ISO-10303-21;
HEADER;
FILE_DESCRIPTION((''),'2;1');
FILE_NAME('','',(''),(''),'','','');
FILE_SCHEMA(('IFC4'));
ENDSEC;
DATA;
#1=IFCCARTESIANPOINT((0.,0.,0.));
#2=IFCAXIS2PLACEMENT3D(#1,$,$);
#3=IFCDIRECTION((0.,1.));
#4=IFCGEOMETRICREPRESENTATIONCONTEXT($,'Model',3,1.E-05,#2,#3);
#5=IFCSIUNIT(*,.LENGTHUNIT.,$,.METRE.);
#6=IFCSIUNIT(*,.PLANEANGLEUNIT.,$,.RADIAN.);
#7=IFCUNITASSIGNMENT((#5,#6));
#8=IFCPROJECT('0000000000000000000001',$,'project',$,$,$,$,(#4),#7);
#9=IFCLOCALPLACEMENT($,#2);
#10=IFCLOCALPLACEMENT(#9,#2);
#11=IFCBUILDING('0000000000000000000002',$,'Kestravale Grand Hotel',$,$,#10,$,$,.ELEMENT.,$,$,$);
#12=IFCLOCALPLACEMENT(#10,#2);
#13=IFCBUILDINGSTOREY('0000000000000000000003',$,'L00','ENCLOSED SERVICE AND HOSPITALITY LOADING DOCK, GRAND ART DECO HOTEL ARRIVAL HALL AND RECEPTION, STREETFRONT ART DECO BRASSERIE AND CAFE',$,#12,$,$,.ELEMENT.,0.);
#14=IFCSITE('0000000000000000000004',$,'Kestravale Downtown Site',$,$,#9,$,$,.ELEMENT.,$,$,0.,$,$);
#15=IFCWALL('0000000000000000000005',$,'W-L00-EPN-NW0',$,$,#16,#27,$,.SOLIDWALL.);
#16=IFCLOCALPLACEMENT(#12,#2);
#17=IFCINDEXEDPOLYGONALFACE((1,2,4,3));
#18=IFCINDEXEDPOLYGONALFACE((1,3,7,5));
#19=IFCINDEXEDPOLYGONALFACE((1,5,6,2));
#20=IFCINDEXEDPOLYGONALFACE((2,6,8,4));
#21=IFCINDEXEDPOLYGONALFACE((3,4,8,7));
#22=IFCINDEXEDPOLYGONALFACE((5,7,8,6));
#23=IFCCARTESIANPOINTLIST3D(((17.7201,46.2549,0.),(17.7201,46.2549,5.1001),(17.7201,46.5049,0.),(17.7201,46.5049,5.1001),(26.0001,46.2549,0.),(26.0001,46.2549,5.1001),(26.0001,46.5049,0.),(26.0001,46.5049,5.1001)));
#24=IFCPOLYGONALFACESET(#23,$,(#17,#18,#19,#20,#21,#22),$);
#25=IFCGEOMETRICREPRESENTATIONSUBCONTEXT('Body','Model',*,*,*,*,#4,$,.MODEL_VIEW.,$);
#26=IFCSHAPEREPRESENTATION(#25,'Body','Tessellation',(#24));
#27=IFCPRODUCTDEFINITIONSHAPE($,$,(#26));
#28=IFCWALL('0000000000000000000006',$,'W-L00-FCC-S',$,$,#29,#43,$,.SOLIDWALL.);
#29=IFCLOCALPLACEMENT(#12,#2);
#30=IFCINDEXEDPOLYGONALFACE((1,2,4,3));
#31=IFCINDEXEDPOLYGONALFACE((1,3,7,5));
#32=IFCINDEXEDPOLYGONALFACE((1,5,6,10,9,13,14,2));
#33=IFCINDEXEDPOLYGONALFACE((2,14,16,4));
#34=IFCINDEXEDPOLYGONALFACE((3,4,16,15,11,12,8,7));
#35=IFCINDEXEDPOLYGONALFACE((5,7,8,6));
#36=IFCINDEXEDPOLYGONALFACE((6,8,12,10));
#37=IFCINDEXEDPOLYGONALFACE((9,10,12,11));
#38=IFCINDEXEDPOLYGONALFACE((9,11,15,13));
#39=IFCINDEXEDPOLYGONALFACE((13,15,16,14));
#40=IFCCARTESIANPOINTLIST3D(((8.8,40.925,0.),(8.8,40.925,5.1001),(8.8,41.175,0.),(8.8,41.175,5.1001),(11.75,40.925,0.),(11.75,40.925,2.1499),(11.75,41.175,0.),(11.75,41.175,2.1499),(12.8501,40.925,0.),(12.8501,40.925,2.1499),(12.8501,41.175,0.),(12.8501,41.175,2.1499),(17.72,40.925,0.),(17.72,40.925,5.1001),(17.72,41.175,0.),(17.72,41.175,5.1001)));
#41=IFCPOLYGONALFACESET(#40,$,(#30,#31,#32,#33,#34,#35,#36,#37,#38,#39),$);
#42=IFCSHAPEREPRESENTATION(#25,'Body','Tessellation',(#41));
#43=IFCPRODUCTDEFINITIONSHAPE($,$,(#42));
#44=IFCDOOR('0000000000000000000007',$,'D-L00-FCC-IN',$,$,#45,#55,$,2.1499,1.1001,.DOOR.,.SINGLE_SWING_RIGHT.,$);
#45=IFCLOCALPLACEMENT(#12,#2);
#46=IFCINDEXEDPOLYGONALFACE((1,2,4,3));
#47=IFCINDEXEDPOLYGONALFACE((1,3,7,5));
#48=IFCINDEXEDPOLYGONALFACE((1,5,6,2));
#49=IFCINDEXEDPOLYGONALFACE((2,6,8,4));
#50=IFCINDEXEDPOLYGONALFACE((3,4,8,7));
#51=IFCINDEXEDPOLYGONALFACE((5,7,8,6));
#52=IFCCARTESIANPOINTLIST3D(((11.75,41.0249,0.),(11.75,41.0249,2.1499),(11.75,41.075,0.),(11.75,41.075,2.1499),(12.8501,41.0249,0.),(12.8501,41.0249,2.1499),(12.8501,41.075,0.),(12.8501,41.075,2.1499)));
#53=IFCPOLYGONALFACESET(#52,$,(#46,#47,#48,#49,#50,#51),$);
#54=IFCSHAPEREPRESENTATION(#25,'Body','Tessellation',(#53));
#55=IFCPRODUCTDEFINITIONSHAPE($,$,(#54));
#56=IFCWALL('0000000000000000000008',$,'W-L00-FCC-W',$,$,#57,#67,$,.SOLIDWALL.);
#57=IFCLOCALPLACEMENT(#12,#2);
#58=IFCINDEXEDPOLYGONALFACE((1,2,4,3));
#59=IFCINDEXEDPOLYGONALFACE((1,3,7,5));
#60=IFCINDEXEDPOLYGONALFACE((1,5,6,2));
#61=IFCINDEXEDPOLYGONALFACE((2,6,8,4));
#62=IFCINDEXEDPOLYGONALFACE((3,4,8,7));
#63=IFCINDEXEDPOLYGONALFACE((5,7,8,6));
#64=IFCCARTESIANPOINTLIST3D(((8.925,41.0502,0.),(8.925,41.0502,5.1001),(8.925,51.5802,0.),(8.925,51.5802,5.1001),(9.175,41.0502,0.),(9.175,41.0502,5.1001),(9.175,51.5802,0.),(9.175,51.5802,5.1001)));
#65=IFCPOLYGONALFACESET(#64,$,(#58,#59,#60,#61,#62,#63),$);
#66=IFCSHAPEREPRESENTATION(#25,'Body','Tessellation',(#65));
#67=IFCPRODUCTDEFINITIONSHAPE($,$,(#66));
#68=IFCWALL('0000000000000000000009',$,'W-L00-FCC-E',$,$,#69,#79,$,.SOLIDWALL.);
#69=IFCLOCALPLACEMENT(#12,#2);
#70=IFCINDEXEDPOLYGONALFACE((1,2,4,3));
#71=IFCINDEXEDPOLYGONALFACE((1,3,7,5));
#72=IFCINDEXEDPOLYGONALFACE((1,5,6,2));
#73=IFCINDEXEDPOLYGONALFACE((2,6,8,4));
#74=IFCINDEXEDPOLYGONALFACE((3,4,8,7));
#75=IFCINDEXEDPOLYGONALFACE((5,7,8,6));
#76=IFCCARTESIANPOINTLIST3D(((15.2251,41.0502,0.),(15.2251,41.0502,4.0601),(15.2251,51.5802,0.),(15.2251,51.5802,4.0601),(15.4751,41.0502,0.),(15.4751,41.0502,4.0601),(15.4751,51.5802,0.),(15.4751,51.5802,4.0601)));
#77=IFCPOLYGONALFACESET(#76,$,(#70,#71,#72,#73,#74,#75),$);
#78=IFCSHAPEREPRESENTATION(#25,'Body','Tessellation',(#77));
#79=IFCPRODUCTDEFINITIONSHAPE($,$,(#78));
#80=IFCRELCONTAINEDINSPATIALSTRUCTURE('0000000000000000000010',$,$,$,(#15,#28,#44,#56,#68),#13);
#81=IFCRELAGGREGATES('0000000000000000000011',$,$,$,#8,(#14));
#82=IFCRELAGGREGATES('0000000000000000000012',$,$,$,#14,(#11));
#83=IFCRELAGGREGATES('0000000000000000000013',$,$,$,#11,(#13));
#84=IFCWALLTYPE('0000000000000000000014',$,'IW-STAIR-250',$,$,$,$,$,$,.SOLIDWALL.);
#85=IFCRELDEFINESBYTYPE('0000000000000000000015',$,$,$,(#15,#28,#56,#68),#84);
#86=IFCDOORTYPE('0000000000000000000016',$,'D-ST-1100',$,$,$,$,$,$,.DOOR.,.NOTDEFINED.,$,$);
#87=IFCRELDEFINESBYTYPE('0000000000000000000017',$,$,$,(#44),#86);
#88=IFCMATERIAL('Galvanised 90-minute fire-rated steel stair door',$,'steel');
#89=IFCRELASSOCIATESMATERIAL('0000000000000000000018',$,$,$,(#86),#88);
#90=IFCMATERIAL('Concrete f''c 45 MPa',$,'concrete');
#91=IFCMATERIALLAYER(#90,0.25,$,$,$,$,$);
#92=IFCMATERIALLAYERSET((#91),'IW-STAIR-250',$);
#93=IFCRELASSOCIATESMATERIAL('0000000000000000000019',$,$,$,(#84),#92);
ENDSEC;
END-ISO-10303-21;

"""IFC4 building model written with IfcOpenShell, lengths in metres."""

from ifc_helpers import new_model, si_unit, direction, frame, frame_2d, origin, place, context, subcontext, project, spatial, rectangle, extrude, material, layer, layer_set, type_object, element, fill, save


model = new_model("IFC4")

# Units and contexts
model_context = context("Model", 3, precision=1e-05, world=origin(), true_north=direction((0.0, 1.0)))
body_context = subcontext(model_context, "Body", "Model", "MODEL_VIEW")
ifc_project = project(units=[si_unit("LENGTHUNIT", "METRE"), si_unit("PLANEANGLEUNIT", "RADIAN")], contexts=[model_context])

# Site, building, storey
site_placement = place(None, origin())
site = spatial("IfcSite", under=ifc_project, at=site_placement, Name="Kestravale Downtown Site", CompositionType="ELEMENT", RefElevation=0.0)
building_placement = place(site_placement, origin())
building = spatial("IfcBuilding", under=site, at=building_placement, Name="Kestravale Grand Hotel", CompositionType="ELEMENT")
storey_placement = place(building_placement, origin())
storey = spatial("IfcBuildingStorey", under=building, at=storey_placement, Name="L00", Description="ENCLOSED SERVICE AND HOSPITALITY LOADING DOCK, GRAND ART DECO HOTEL ARRIVAL HALL AND RECEPTION, STREETFRONT ART DECO BRASSERIE AND CAFE", CompositionType="ELEMENT", Elevation=0.0)

# Shared definitions
ifc_material_1 = material(Name="Galvanised 90-minute fire-rated steel stair door", Category="steel")
door_type_1 = type_object("IfcDoorType", Name="D-ST-1100", OperationType="NOTDEFINED", PredefinedType="DOOR", material=ifc_material_1)

# Wall
ifc_material_2 = material(Name="Concrete f'c 45 MPa", Category="concrete")
ifc_layer_1 = layer(ifc_material_2, 0.25)
ifc_layer_set_1 = layer_set([ifc_layer_1], Name="IW-STAIR-250")
wall_type_1 = type_object("IfcWallType", Name="IW-STAIR-250", PredefinedType="SOLIDWALL", material=ifc_layer_set_1)
wall_1_placement = place(storey_placement, frame((17.72, 46.3799, 0.0), z_axis=(0.0, 0.0, 1.0), x_axis=(1.0, 0.0, 0.0)))
element("IfcWall", 1, at=wall_1_placement, inside=storey, type_object=wall_type_1, Name="W-L00-EPN-NW0", PredefinedType="SOLIDWALL", context=body_context, shape_type="SweptSolid", body=[
    extrude(rectangle(XDim=8.28, YDim=0.25, at=frame_2d((4.1401, 0.0))), origin(), (0.0, 0.0, 1.0), 5.1001),
])

# Wall, opening, door
wall_2_placement = place(storey_placement, frame((8.8, 41.05, 0.0), z_axis=(0.0, 0.0, 1.0), x_axis=(1.0, 0.0, 0.0)))
wall_2 = element("IfcWall", 2, at=wall_2_placement, inside=storey, type_object=wall_type_1, Name="W-L00-FCC-S", PredefinedType="SOLIDWALL", context=body_context, shape_type="SweptSolid", body=[
    extrude(rectangle(XDim=8.9199, YDim=0.25, at=frame_2d((4.46, 0.0))), origin(), (0.0, 0.0, 1.0), 5.1001),
])
opening_1_placement = place(wall_2_placement, frame((2.95, 0.0, 0.0)))
opening_1 = element("IfcOpeningElement", 3, at=opening_1_placement, cuts=wall_2, PredefinedType="OPENING", context=body_context, shape_type="SweptSolid", body=[
    extrude(rectangle(XDim=1.1001, YDim=2.1499, at=frame_2d((0.55, 1.075))), frame((0.0, 0.135, 0.0), z_axis=(0.0, -1.0, 0.0), x_axis=(1.0, 0.0, 0.0)), (0.0, 0.0, 1.0), 0.27),
])
door_1_placement = place(opening_1_placement, origin())
door_1 = element("IfcDoor", 4, at=door_1_placement, inside=storey, type_object=door_type_1, Name="D-L00-FCC-IN", OperationType="SINGLE_SWING_RIGHT", OverallHeight=2.1499, OverallWidth=1.1001, PredefinedType="DOOR", context=body_context, shape_type="SweptSolid", body=[
    extrude(rectangle(XDim=1.1001, YDim=2.1499, at=frame_2d((0.55, 1.075))), frame((0.0, 0.0249, 0.0), z_axis=(0.0, -1.0, 0.0), x_axis=(1.0, 0.0, 0.0)), (0.0, 0.0, 1.0), 0.05),
])
fill(opening_1, door_1)

# Walls
wall_3_placement = place(storey_placement, frame((9.05, 41.05, 0.0), z_axis=(0.0, 0.0, 1.0), x_axis=(0.0, 1.0, 0.0)))
element("IfcWall", 5, at=wall_3_placement, inside=storey, type_object=wall_type_1, Name="W-L00-FCC-W", PredefinedType="SOLIDWALL", context=body_context, shape_type="SweptSolid", body=[
    extrude(rectangle(XDim=10.53, YDim=0.25, at=frame_2d((5.2651, 0.0))), origin(), (0.0, 0.0, 1.0), 5.1001),
])
wall_4_placement = place(storey_placement, frame((15.3501, 41.05, 0.0), z_axis=(0.0, 0.0, 1.0), x_axis=(0.0, 1.0, 0.0)))
element("IfcWall", 6, at=wall_4_placement, inside=storey, type_object=wall_type_1, Name="W-L00-FCC-E", PredefinedType="SOLIDWALL", context=body_context, shape_type="SweptSolid", body=[
    extrude(rectangle(XDim=10.53, YDim=0.25, at=frame_2d((5.2651, 0.0))), origin(), (0.0, 0.0, 1.0), 4.0601),
])

save(model, "model.ifc")
